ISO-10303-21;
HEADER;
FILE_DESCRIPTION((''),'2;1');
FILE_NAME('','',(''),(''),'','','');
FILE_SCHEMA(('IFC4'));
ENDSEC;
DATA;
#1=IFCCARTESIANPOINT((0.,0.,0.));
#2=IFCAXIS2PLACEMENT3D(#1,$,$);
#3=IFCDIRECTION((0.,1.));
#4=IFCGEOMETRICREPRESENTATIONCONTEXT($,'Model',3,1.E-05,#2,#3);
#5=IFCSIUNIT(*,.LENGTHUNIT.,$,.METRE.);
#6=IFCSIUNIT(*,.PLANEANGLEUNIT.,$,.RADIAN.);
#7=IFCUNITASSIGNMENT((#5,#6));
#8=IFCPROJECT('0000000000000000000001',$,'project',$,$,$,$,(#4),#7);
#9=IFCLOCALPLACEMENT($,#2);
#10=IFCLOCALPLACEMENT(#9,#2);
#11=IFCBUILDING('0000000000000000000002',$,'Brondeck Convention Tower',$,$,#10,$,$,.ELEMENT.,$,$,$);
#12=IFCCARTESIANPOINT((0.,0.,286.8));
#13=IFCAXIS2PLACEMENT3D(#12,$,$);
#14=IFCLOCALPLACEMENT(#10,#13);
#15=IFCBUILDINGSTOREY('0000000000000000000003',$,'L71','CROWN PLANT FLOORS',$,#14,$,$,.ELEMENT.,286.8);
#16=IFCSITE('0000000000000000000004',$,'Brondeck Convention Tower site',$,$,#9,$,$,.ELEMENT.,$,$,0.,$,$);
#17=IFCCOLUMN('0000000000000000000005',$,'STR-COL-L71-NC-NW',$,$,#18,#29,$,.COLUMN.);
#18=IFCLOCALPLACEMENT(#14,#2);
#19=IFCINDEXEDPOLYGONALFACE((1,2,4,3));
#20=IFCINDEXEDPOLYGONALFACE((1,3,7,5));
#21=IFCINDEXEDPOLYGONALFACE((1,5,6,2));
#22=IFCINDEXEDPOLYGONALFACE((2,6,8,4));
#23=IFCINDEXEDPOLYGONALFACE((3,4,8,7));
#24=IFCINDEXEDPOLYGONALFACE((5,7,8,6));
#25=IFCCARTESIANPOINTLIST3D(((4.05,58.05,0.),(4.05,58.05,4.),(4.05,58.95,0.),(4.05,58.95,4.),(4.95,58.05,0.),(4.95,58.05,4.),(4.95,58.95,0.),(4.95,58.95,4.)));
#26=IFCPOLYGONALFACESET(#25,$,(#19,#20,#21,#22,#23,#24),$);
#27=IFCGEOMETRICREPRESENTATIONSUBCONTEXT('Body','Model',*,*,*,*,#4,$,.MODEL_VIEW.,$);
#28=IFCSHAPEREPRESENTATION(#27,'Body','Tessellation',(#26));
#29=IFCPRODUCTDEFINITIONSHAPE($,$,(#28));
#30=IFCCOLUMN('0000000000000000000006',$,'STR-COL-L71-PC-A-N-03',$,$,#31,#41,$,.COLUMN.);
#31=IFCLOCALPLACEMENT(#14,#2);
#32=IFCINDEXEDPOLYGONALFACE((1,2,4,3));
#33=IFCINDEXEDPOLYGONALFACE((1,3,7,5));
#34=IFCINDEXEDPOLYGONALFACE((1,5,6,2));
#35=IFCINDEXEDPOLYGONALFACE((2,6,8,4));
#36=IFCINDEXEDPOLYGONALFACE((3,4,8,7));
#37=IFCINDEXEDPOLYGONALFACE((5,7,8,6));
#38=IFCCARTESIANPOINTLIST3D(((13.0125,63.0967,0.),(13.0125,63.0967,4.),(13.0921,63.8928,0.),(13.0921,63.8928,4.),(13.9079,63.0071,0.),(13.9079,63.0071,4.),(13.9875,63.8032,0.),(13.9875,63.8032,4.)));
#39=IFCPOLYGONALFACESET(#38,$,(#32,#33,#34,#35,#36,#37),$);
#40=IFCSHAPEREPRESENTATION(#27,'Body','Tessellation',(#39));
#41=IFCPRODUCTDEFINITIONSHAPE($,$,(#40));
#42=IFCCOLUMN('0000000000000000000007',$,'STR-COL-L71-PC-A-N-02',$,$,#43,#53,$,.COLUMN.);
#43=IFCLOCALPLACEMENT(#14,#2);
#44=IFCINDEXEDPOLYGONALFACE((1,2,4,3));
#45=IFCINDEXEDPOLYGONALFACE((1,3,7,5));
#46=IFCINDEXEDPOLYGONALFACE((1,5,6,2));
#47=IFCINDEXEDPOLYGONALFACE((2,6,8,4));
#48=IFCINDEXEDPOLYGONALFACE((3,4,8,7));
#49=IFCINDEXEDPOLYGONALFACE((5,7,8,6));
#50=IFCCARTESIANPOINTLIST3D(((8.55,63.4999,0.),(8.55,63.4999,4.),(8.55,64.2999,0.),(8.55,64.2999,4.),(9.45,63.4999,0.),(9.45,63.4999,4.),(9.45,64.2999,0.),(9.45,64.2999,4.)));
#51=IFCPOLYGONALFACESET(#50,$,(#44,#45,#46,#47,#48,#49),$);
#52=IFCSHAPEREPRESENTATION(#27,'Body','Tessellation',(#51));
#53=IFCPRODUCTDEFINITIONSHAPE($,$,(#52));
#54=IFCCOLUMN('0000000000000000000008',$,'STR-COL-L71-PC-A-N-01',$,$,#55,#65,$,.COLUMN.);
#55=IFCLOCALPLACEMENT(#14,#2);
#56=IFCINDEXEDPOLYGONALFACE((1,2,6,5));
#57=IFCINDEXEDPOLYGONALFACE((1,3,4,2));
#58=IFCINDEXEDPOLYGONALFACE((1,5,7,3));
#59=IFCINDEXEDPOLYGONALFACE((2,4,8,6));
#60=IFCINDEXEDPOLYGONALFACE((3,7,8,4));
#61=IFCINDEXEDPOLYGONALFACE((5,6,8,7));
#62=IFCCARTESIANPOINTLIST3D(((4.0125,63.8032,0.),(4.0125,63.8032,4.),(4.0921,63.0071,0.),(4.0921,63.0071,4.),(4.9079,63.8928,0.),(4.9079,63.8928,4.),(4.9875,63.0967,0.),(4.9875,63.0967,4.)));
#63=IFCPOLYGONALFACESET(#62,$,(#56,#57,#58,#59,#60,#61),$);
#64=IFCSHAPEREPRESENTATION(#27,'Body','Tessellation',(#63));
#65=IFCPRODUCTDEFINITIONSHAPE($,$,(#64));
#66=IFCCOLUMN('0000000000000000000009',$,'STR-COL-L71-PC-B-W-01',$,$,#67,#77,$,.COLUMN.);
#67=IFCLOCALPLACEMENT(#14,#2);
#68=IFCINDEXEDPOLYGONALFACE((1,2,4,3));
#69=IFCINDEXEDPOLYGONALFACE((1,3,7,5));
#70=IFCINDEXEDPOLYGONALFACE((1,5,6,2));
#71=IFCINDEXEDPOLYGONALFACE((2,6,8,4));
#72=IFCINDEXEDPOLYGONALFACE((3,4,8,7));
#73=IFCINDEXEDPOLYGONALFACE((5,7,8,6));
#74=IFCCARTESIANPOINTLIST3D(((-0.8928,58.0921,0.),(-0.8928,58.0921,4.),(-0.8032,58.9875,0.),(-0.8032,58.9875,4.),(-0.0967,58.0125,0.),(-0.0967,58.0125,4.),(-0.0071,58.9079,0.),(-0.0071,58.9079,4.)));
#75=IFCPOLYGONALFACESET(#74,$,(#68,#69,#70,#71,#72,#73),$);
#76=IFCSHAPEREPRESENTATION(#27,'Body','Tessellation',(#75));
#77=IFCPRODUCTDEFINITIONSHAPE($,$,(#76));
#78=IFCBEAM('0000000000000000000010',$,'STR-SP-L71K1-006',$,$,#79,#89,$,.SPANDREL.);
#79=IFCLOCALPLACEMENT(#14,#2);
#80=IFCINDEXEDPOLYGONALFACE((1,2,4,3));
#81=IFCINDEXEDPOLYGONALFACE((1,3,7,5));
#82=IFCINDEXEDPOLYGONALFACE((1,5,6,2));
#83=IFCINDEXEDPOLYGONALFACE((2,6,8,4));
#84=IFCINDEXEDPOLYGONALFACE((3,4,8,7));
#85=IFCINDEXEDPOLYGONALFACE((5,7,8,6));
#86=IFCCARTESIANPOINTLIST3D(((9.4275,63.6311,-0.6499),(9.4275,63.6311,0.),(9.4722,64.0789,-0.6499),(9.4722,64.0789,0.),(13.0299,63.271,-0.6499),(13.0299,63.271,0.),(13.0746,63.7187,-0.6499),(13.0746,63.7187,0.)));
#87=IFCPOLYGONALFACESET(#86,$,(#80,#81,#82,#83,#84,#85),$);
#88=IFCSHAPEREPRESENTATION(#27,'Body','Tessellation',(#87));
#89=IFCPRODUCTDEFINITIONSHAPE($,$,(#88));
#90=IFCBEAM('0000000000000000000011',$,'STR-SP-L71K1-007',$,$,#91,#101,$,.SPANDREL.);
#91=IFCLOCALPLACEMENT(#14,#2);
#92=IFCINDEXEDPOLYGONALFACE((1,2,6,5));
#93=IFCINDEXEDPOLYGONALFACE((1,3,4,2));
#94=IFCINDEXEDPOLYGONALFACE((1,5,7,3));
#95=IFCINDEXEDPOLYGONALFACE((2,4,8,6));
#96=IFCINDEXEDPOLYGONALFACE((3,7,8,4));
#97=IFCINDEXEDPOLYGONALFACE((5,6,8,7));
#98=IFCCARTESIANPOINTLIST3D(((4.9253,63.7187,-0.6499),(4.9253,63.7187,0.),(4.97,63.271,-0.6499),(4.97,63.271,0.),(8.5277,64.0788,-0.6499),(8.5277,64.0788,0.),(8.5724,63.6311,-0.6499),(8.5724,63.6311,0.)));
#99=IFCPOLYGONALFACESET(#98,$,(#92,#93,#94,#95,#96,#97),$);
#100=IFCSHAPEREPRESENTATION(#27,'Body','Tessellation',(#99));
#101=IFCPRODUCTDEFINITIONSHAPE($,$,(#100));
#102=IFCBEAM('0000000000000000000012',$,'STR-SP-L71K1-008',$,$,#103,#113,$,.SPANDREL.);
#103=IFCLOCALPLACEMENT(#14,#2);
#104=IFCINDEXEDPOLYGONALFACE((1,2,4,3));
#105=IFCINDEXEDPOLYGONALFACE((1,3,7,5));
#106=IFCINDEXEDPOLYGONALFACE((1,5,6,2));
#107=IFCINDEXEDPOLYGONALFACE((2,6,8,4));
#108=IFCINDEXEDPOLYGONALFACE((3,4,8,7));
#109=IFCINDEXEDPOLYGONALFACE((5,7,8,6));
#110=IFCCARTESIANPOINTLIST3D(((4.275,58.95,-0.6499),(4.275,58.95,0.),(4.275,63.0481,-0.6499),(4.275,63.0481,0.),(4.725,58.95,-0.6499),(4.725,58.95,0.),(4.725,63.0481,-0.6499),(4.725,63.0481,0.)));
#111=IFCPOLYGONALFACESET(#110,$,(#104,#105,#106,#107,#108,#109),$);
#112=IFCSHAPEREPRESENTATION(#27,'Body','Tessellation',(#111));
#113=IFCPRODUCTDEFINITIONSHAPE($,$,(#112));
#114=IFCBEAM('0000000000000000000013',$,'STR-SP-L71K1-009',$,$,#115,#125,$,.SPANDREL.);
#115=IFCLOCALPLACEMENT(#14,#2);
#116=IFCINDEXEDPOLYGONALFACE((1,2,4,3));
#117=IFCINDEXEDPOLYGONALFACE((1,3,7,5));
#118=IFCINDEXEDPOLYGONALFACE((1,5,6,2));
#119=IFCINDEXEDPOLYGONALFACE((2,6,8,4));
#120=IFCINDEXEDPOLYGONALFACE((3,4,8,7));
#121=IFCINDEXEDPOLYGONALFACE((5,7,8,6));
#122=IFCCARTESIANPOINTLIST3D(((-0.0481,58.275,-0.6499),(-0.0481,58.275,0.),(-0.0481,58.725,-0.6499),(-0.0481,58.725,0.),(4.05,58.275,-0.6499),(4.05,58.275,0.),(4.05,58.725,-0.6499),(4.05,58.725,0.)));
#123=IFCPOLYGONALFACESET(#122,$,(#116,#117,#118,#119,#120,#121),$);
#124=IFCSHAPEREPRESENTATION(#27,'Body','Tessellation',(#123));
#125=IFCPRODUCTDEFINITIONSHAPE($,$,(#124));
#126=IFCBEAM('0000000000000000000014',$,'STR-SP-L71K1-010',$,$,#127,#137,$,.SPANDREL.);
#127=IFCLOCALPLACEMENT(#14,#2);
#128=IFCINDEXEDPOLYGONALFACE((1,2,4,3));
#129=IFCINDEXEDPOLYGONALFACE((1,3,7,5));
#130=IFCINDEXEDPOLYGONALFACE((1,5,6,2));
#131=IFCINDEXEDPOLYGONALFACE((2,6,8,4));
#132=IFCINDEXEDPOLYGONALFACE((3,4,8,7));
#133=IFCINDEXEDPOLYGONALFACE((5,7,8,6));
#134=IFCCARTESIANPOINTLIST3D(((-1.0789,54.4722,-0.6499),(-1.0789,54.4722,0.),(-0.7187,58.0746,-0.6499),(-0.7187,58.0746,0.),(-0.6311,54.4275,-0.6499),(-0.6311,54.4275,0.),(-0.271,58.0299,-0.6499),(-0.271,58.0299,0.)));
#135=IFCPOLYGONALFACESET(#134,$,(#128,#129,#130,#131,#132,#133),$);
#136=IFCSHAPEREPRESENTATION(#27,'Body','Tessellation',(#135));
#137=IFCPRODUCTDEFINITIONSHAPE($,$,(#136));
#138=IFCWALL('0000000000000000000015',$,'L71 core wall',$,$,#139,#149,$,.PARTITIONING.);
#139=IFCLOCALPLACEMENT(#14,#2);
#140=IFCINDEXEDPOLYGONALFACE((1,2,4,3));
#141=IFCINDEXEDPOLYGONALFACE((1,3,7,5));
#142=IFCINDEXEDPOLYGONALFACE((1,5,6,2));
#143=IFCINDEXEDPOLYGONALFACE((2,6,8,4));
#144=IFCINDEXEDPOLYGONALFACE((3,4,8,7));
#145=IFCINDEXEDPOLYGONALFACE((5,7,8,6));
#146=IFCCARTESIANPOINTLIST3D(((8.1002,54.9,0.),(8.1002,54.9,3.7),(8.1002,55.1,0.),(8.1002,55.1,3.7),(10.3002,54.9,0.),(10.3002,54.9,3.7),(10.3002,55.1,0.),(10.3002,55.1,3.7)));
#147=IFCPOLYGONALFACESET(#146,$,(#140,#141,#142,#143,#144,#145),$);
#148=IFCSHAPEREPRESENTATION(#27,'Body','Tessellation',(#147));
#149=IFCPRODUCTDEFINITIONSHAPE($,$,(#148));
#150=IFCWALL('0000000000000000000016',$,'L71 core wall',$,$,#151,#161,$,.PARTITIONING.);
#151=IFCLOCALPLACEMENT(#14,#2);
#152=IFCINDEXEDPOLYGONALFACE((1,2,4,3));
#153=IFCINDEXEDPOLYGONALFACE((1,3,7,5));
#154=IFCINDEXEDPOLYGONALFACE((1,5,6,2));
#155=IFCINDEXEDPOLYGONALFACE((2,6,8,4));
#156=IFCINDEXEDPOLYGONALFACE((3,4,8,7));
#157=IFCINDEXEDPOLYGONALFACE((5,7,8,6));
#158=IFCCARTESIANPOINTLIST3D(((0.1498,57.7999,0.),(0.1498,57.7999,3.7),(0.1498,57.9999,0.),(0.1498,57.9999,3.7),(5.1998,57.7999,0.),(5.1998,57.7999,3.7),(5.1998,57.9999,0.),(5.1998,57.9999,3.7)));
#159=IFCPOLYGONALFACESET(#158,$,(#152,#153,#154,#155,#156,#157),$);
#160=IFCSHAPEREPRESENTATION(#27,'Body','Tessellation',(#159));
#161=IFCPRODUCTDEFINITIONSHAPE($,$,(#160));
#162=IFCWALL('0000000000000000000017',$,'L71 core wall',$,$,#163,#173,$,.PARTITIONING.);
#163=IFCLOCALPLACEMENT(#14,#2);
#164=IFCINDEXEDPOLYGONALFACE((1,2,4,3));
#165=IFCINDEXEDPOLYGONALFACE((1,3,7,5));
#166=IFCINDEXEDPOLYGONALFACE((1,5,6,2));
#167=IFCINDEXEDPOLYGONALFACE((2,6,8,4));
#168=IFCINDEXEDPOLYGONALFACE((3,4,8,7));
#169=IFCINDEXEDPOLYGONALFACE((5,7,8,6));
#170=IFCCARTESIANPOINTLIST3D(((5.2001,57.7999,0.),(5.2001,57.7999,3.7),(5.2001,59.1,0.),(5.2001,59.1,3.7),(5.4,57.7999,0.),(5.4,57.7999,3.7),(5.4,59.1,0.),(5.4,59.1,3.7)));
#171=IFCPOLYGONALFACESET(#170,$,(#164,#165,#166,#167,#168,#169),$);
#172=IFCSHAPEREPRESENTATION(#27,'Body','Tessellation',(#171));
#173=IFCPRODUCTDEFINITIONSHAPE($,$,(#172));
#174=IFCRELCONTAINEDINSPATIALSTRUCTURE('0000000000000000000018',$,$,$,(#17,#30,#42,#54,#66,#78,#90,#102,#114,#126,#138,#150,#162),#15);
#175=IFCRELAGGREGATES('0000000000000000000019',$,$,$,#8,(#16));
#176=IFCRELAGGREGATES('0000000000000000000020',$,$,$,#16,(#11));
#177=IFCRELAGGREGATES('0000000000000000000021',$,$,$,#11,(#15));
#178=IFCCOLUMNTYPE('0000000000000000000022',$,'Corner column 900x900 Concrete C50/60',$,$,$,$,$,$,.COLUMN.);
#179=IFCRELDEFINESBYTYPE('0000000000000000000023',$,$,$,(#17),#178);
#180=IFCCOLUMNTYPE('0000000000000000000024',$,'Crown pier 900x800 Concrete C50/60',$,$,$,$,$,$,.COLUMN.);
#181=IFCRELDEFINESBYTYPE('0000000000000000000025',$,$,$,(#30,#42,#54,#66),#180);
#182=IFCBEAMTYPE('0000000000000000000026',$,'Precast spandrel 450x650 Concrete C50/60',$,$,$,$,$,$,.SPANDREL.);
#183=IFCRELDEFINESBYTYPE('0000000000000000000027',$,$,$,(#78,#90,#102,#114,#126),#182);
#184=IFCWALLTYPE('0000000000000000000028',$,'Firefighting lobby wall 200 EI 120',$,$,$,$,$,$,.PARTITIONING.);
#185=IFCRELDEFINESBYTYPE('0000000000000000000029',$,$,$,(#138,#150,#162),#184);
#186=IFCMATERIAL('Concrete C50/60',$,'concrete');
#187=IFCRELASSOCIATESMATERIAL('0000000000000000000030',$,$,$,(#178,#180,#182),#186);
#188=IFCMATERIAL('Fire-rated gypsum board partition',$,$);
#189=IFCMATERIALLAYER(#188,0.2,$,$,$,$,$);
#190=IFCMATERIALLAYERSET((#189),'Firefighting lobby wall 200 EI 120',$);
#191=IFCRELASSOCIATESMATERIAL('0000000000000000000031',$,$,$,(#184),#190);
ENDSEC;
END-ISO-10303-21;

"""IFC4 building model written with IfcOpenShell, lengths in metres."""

from ifc_helpers import new_model, si_unit, direction, frame, frame_2d, origin, origin_2d, place, context, subcontext, project, spatial, rectangle, extrude, material, layer, layer_set, material_profile, profile_set, type_object, element, save


model = new_model("IFC4")

# Units and contexts
model_context = context("Model", 3, precision=1e-05, world=origin(), true_north=direction((0.0, 1.0)))
body_context = subcontext(model_context, "Body", "Model", "MODEL_VIEW")
ifc_project = project(units=[si_unit("LENGTHUNIT", "METRE"), si_unit("PLANEANGLEUNIT", "RADIAN")], contexts=[model_context])

# Site, building, storey
site_placement = place(None, origin())
site = spatial("IfcSite", under=ifc_project, at=site_placement, Name="Brondeck Convention Tower site", CompositionType="ELEMENT", RefElevation=0.0)
building_placement = place(site_placement, origin())
building = spatial("IfcBuilding", under=site, at=building_placement, Name="Brondeck Convention Tower", CompositionType="ELEMENT")
storey_placement = place(building_placement, frame((0.0, 0.0, 286.8)))
storey = spatial("IfcBuildingStorey", under=building, at=storey_placement, Name="L71", Description="CROWN PLANT FLOORS", CompositionType="ELEMENT", Elevation=286.8)

# Columns
ifc_material_1 = material(Name="Concrete C50/60", Category="concrete")
ifc_material_profile_1 = material_profile(ifc_material_1, rectangle(XDim=0.8999, YDim=0.8999, at=origin_2d()), Name="Corner column 900x900 Concrete C50/60")
ifc_profile_set_1 = profile_set([ifc_material_profile_1], Name="Concrete C50/60")
column_type_1 = type_object("IfcColumnType", Name="Corner column 900x900 Concrete C50/60", PredefinedType="COLUMN", material=ifc_profile_set_1)
column_placement = place(storey_placement, frame((4.5, 58.5, 0.0), z_axis=(0.0, 0.0, 1.0), x_axis=(1.0, 0.0, 0.0)))
element("IfcColumn", 1, at=column_placement, inside=storey, type_object=column_type_1, Name="STR-COL-L71-NC-NW", PredefinedType="COLUMN", context=body_context, shape_type="SweptSolid", body=[
    extrude(rectangle(XDim=0.8999, YDim=0.8999, at=origin_2d()), origin(), (0.0, 0.0, 1.0), 4.0),
])
ifc_material_profile_2 = material_profile(ifc_material_1, rectangle(XDim=0.8999, YDim=0.8, at=origin_2d()), Name="Crown pier 900x800 Concrete C50/60")
ifc_profile_set_2 = profile_set([ifc_material_profile_2], Name="Concrete C50/60")
column_type_2 = type_object("IfcColumnType", Name="Crown pier 900x800 Concrete C50/60", PredefinedType="COLUMN", material=ifc_profile_set_2)
for number, where, z_axis, x_axis, name in (
    (2, (13.5, 63.45, 0.0), (0.0, 0.0, 1.0), (-0.995037, 0.099504, 0.0), "STR-COL-L71-PC-A-N-03"),
    (3, (9.0, 63.8999, 0.0), (0.0, 0.0, 1.0), (-1.0, 0.0, 0.0), "STR-COL-L71-PC-A-N-02"),
    (4, (4.5, 63.45, 0.0), (0.0, 0.0, 1.0), (-0.995037, -0.099504, 0.0), "STR-COL-L71-PC-A-N-01"),
    (5, (-0.45, 58.5, 0.0), (0.0, 0.0, 1.0), (-0.099504, -0.995037, 0.0), "STR-COL-L71-PC-B-W-01"),
):
    element("IfcColumn", number, at=place(storey_placement, frame(where, z_axis=z_axis, x_axis=x_axis)), inside=storey, type_object=column_type_2, Name=name, PredefinedType="COLUMN", context=body_context, shape_type="SweptSolid", body=[
        extrude(rectangle(XDim=0.8999, YDim=0.8, at=origin_2d()), origin(), (0.0, 0.0, 1.0), 4.0),
    ])

# Beams
ifc_material_profile_3 = material_profile(ifc_material_1, rectangle(XDim=0.45, YDim=0.6499, at=origin_2d()), Name="Precast spandrel 450x650 Concrete C50/60")
ifc_profile_set_3 = profile_set([ifc_material_profile_3], Name="Concrete C50/60")
beam_type = type_object("IfcBeamType", Name="Precast spandrel 450x650 Concrete C50/60", PredefinedType="SPANDREL", material=ifc_profile_set_3)
for number, where, z_axis, x_axis, name in (
    (6, (13.0522, 63.4949, -0.325), (-0.995041, 0.09947, 0.0), (-0.09947, -0.995041, 0.0), "STR-SP-L71K1-006"),
    (7, (8.55, 63.855, -0.325), (-0.995041, -0.09947, 0.0), (0.09947, -0.995041, 0.0), "STR-SP-L71K1-007"),
):
    element("IfcBeam", number, at=place(storey_placement, frame(where, z_axis=z_axis, x_axis=x_axis)), inside=storey, type_object=beam_type, Name=name, PredefinedType="SPANDREL", context=body_context, shape_type="SweptSolid", body=[
        extrude(rectangle(XDim=0.45, YDim=0.6499, at=origin_2d()), origin(), (0.0, 0.0, 1.0), 3.6204),
    ])
for number, where, z_axis, x_axis, name in (
    (8, (4.5, 63.0481, -0.325), (0.0, -1.0, 0.0), (1.0, 0.0, 0.0), "STR-SP-L71K1-008"),
    (9, (4.05, 58.5, -0.325), (-1.0, 0.0, 0.0), (0.0, -1.0, 0.0), "STR-SP-L71K1-009"),
):
    element("IfcBeam", number, at=place(storey_placement, frame(where, z_axis=z_axis, x_axis=x_axis)), inside=storey, type_object=beam_type, Name=name, PredefinedType="SPANDREL", context=body_context, shape_type="SweptSolid", body=[
        extrude(rectangle(XDim=0.45, YDim=0.6499, at=origin_2d()), origin(), (0.0, 0.0, 1.0), 4.0981),
    ])
beam_placement = place(storey_placement, frame((-0.4949, 58.0522, -0.325), z_axis=(-0.09947, -0.995041, 0.0), x_axis=(0.995041, -0.09947, 0.0)))
element("IfcBeam", 10, at=beam_placement, inside=storey, type_object=beam_type, Name="STR-SP-L71K1-010", PredefinedType="SPANDREL", context=body_context, shape_type="SweptSolid", body=[
    extrude(rectangle(XDim=0.45, YDim=0.6499, at=origin_2d()), origin(), (0.0, 0.0, 1.0), 3.6204),
])

# Walls
ifc_material_2 = material(Name="Fire-rated gypsum board partition")
ifc_layer_1 = layer(ifc_material_2, 0.2)
ifc_layer_set_1 = layer_set([ifc_layer_1], Name="Firefighting lobby wall 200 EI 120")
wall_type_1 = type_object("IfcWallType", Name="Firefighting lobby wall 200 EI 120", PredefinedType="PARTITIONING", material=ifc_layer_set_1)
wall_1_placement = place(storey_placement, frame((8.1001, 55.0, 0.0), z_axis=(0.0, 0.0, 1.0), x_axis=(1.0, 0.0, 0.0)))
element("IfcWall", 11, at=wall_1_placement, inside=storey, type_object=wall_type_1, Name="L71 core wall", PredefinedType="PARTITIONING", context=body_context, shape_type="SweptSolid", body=[
    extrude(rectangle(XDim=2.2, YDim=0.2, at=frame_2d((1.1001, 0.0))), origin(), (0.0, 0.0, 1.0), 3.7),
])
wall_2_placement = place(storey_placement, frame((0.1499, 57.8999, 0.0), z_axis=(0.0, 0.0, 1.0), x_axis=(1.0, 0.0, 0.0)))
element("IfcWall", 12, at=wall_2_placement, inside=storey, type_object=wall_type_1, Name="L71 core wall", PredefinedType="PARTITIONING", context=body_context, shape_type="SweptSolid", body=[
    extrude(rectangle(XDim=5.05, YDim=0.2, at=frame_2d((2.5249, 0.0))), origin(), (0.0, 0.0, 1.0), 3.7),
])
wall_3_placement = place(storey_placement, frame((5.3, 57.8, 0.0), z_axis=(0.0, 0.0, 1.0), x_axis=(0.0, 1.0, 0.0)))
element("IfcWall", 13, at=wall_3_placement, inside=storey, type_object=wall_type_1, Name="L71 core wall", PredefinedType="PARTITIONING", context=body_context, shape_type="SweptSolid", body=[
    extrude(rectangle(XDim=1.3, YDim=0.2, at=frame_2d((0.6499, 0.0))), origin(), (0.0, 0.0, 1.0), 3.7),
])

save(model, "model.ifc")
